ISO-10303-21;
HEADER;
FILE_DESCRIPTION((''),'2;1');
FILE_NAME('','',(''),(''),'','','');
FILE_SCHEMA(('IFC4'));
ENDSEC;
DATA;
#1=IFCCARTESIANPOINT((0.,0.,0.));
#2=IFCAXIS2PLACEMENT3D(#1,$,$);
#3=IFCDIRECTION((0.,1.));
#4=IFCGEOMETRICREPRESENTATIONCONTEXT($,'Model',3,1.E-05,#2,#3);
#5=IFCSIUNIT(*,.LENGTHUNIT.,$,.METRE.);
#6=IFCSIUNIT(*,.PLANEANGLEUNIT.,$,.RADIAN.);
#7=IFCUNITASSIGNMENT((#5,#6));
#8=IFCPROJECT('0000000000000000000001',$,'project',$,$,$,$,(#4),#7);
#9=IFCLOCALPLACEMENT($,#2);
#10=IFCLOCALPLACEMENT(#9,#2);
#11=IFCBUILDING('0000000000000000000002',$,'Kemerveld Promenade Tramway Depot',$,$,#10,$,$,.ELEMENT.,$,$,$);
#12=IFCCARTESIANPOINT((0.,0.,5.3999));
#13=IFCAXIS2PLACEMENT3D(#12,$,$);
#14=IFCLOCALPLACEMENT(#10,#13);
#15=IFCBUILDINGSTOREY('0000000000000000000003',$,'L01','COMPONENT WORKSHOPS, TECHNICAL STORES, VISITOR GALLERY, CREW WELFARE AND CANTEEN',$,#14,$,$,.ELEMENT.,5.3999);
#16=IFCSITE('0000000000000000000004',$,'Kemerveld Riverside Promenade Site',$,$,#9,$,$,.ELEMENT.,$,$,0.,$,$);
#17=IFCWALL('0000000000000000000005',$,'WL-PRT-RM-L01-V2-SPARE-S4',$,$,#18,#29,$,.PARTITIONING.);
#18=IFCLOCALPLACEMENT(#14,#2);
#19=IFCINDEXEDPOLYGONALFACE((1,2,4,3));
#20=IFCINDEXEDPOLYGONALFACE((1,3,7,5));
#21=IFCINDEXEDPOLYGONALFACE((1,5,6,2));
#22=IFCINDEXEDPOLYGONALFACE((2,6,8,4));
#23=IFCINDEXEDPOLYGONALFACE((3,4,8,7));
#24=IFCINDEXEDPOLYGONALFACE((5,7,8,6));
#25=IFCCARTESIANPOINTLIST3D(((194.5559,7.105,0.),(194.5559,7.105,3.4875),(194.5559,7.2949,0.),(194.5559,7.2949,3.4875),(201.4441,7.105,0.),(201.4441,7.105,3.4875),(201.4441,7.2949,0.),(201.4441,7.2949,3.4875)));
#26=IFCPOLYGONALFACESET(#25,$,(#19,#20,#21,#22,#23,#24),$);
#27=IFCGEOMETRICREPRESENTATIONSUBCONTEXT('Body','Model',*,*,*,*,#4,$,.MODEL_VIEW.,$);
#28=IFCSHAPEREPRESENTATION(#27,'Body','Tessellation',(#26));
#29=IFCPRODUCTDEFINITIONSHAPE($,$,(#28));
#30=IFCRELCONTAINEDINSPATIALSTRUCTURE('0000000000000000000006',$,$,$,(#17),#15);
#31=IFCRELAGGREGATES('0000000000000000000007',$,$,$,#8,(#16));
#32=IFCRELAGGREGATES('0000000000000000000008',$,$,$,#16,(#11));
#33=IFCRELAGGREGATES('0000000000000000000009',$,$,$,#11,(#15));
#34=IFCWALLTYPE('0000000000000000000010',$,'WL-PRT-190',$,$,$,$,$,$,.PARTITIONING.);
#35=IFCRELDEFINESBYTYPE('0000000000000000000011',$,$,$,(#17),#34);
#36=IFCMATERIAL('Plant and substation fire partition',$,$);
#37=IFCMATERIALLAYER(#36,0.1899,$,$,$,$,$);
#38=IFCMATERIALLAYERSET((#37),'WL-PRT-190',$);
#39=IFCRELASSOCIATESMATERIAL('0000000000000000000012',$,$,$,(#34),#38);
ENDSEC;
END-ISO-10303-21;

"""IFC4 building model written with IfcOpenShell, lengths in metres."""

from ifc_helpers import new_model, si_unit, direction, frame, frame_2d, origin, place, context, subcontext, project, spatial, rectangle, extrude, material, layer, layer_set, type_object, element, save


model = new_model("IFC4")

# Units and contexts
model_context = context("Model", 3, precision=1e-05, world=origin(), true_north=direction((0.0, 1.0)))
body_context = subcontext(model_context, "Body", "Model", "MODEL_VIEW")
ifc_project = project(units=[si_unit("LENGTHUNIT", "METRE"), si_unit("PLANEANGLEUNIT", "RADIAN")], contexts=[model_context])

# Site, building, storey
site_placement = place(None, origin())
site = spatial("IfcSite", under=ifc_project, at=site_placement, Name="Kemerveld Riverside Promenade Site", CompositionType="ELEMENT", RefElevation=0.0)
building_placement = place(site_placement, origin())
building = spatial("IfcBuilding", under=site, at=building_placement, Name="Kemerveld Promenade Tramway Depot", CompositionType="ELEMENT")
storey_placement = place(building_placement, frame((0.0, 0.0, 5.3999)))
storey = spatial("IfcBuildingStorey", under=building, at=storey_placement, Name="L01", Description="COMPONENT WORKSHOPS, TECHNICAL STORES, VISITOR GALLERY, CREW WELFARE AND CANTEEN", CompositionType="ELEMENT", Elevation=5.3999)

# Wall
ifc_material_1 = material(Name="Plant and substation fire partition")
ifc_layer_1 = layer(ifc_material_1, 0.1899)
ifc_layer_set_1 = layer_set([ifc_layer_1], Name="WL-PRT-190")
wall_type_1 = type_object("IfcWallType", Name="WL-PRT-190", PredefinedType="PARTITIONING", material=ifc_layer_set_1)
wall_1_placement = place(storey_placement, frame((194.5559, 7.2, 0.0), z_axis=(0.0, 0.0, 1.0), x_axis=(1.0, 0.0, 0.0)))
element("IfcWall", 1, at=wall_1_placement, inside=storey, type_object=wall_type_1, Name="WL-PRT-RM-L01-V2-SPARE-S4", PredefinedType="PARTITIONING", context=body_context, shape_type="SweptSolid", body=[
    extrude(rectangle(XDim=6.8882, YDim=0.1899, at=frame_2d((3.4441, 0.0))), origin(), (0.0, 0.0, 1.0), 3.4875),
])

save(model, "model.ifc")
